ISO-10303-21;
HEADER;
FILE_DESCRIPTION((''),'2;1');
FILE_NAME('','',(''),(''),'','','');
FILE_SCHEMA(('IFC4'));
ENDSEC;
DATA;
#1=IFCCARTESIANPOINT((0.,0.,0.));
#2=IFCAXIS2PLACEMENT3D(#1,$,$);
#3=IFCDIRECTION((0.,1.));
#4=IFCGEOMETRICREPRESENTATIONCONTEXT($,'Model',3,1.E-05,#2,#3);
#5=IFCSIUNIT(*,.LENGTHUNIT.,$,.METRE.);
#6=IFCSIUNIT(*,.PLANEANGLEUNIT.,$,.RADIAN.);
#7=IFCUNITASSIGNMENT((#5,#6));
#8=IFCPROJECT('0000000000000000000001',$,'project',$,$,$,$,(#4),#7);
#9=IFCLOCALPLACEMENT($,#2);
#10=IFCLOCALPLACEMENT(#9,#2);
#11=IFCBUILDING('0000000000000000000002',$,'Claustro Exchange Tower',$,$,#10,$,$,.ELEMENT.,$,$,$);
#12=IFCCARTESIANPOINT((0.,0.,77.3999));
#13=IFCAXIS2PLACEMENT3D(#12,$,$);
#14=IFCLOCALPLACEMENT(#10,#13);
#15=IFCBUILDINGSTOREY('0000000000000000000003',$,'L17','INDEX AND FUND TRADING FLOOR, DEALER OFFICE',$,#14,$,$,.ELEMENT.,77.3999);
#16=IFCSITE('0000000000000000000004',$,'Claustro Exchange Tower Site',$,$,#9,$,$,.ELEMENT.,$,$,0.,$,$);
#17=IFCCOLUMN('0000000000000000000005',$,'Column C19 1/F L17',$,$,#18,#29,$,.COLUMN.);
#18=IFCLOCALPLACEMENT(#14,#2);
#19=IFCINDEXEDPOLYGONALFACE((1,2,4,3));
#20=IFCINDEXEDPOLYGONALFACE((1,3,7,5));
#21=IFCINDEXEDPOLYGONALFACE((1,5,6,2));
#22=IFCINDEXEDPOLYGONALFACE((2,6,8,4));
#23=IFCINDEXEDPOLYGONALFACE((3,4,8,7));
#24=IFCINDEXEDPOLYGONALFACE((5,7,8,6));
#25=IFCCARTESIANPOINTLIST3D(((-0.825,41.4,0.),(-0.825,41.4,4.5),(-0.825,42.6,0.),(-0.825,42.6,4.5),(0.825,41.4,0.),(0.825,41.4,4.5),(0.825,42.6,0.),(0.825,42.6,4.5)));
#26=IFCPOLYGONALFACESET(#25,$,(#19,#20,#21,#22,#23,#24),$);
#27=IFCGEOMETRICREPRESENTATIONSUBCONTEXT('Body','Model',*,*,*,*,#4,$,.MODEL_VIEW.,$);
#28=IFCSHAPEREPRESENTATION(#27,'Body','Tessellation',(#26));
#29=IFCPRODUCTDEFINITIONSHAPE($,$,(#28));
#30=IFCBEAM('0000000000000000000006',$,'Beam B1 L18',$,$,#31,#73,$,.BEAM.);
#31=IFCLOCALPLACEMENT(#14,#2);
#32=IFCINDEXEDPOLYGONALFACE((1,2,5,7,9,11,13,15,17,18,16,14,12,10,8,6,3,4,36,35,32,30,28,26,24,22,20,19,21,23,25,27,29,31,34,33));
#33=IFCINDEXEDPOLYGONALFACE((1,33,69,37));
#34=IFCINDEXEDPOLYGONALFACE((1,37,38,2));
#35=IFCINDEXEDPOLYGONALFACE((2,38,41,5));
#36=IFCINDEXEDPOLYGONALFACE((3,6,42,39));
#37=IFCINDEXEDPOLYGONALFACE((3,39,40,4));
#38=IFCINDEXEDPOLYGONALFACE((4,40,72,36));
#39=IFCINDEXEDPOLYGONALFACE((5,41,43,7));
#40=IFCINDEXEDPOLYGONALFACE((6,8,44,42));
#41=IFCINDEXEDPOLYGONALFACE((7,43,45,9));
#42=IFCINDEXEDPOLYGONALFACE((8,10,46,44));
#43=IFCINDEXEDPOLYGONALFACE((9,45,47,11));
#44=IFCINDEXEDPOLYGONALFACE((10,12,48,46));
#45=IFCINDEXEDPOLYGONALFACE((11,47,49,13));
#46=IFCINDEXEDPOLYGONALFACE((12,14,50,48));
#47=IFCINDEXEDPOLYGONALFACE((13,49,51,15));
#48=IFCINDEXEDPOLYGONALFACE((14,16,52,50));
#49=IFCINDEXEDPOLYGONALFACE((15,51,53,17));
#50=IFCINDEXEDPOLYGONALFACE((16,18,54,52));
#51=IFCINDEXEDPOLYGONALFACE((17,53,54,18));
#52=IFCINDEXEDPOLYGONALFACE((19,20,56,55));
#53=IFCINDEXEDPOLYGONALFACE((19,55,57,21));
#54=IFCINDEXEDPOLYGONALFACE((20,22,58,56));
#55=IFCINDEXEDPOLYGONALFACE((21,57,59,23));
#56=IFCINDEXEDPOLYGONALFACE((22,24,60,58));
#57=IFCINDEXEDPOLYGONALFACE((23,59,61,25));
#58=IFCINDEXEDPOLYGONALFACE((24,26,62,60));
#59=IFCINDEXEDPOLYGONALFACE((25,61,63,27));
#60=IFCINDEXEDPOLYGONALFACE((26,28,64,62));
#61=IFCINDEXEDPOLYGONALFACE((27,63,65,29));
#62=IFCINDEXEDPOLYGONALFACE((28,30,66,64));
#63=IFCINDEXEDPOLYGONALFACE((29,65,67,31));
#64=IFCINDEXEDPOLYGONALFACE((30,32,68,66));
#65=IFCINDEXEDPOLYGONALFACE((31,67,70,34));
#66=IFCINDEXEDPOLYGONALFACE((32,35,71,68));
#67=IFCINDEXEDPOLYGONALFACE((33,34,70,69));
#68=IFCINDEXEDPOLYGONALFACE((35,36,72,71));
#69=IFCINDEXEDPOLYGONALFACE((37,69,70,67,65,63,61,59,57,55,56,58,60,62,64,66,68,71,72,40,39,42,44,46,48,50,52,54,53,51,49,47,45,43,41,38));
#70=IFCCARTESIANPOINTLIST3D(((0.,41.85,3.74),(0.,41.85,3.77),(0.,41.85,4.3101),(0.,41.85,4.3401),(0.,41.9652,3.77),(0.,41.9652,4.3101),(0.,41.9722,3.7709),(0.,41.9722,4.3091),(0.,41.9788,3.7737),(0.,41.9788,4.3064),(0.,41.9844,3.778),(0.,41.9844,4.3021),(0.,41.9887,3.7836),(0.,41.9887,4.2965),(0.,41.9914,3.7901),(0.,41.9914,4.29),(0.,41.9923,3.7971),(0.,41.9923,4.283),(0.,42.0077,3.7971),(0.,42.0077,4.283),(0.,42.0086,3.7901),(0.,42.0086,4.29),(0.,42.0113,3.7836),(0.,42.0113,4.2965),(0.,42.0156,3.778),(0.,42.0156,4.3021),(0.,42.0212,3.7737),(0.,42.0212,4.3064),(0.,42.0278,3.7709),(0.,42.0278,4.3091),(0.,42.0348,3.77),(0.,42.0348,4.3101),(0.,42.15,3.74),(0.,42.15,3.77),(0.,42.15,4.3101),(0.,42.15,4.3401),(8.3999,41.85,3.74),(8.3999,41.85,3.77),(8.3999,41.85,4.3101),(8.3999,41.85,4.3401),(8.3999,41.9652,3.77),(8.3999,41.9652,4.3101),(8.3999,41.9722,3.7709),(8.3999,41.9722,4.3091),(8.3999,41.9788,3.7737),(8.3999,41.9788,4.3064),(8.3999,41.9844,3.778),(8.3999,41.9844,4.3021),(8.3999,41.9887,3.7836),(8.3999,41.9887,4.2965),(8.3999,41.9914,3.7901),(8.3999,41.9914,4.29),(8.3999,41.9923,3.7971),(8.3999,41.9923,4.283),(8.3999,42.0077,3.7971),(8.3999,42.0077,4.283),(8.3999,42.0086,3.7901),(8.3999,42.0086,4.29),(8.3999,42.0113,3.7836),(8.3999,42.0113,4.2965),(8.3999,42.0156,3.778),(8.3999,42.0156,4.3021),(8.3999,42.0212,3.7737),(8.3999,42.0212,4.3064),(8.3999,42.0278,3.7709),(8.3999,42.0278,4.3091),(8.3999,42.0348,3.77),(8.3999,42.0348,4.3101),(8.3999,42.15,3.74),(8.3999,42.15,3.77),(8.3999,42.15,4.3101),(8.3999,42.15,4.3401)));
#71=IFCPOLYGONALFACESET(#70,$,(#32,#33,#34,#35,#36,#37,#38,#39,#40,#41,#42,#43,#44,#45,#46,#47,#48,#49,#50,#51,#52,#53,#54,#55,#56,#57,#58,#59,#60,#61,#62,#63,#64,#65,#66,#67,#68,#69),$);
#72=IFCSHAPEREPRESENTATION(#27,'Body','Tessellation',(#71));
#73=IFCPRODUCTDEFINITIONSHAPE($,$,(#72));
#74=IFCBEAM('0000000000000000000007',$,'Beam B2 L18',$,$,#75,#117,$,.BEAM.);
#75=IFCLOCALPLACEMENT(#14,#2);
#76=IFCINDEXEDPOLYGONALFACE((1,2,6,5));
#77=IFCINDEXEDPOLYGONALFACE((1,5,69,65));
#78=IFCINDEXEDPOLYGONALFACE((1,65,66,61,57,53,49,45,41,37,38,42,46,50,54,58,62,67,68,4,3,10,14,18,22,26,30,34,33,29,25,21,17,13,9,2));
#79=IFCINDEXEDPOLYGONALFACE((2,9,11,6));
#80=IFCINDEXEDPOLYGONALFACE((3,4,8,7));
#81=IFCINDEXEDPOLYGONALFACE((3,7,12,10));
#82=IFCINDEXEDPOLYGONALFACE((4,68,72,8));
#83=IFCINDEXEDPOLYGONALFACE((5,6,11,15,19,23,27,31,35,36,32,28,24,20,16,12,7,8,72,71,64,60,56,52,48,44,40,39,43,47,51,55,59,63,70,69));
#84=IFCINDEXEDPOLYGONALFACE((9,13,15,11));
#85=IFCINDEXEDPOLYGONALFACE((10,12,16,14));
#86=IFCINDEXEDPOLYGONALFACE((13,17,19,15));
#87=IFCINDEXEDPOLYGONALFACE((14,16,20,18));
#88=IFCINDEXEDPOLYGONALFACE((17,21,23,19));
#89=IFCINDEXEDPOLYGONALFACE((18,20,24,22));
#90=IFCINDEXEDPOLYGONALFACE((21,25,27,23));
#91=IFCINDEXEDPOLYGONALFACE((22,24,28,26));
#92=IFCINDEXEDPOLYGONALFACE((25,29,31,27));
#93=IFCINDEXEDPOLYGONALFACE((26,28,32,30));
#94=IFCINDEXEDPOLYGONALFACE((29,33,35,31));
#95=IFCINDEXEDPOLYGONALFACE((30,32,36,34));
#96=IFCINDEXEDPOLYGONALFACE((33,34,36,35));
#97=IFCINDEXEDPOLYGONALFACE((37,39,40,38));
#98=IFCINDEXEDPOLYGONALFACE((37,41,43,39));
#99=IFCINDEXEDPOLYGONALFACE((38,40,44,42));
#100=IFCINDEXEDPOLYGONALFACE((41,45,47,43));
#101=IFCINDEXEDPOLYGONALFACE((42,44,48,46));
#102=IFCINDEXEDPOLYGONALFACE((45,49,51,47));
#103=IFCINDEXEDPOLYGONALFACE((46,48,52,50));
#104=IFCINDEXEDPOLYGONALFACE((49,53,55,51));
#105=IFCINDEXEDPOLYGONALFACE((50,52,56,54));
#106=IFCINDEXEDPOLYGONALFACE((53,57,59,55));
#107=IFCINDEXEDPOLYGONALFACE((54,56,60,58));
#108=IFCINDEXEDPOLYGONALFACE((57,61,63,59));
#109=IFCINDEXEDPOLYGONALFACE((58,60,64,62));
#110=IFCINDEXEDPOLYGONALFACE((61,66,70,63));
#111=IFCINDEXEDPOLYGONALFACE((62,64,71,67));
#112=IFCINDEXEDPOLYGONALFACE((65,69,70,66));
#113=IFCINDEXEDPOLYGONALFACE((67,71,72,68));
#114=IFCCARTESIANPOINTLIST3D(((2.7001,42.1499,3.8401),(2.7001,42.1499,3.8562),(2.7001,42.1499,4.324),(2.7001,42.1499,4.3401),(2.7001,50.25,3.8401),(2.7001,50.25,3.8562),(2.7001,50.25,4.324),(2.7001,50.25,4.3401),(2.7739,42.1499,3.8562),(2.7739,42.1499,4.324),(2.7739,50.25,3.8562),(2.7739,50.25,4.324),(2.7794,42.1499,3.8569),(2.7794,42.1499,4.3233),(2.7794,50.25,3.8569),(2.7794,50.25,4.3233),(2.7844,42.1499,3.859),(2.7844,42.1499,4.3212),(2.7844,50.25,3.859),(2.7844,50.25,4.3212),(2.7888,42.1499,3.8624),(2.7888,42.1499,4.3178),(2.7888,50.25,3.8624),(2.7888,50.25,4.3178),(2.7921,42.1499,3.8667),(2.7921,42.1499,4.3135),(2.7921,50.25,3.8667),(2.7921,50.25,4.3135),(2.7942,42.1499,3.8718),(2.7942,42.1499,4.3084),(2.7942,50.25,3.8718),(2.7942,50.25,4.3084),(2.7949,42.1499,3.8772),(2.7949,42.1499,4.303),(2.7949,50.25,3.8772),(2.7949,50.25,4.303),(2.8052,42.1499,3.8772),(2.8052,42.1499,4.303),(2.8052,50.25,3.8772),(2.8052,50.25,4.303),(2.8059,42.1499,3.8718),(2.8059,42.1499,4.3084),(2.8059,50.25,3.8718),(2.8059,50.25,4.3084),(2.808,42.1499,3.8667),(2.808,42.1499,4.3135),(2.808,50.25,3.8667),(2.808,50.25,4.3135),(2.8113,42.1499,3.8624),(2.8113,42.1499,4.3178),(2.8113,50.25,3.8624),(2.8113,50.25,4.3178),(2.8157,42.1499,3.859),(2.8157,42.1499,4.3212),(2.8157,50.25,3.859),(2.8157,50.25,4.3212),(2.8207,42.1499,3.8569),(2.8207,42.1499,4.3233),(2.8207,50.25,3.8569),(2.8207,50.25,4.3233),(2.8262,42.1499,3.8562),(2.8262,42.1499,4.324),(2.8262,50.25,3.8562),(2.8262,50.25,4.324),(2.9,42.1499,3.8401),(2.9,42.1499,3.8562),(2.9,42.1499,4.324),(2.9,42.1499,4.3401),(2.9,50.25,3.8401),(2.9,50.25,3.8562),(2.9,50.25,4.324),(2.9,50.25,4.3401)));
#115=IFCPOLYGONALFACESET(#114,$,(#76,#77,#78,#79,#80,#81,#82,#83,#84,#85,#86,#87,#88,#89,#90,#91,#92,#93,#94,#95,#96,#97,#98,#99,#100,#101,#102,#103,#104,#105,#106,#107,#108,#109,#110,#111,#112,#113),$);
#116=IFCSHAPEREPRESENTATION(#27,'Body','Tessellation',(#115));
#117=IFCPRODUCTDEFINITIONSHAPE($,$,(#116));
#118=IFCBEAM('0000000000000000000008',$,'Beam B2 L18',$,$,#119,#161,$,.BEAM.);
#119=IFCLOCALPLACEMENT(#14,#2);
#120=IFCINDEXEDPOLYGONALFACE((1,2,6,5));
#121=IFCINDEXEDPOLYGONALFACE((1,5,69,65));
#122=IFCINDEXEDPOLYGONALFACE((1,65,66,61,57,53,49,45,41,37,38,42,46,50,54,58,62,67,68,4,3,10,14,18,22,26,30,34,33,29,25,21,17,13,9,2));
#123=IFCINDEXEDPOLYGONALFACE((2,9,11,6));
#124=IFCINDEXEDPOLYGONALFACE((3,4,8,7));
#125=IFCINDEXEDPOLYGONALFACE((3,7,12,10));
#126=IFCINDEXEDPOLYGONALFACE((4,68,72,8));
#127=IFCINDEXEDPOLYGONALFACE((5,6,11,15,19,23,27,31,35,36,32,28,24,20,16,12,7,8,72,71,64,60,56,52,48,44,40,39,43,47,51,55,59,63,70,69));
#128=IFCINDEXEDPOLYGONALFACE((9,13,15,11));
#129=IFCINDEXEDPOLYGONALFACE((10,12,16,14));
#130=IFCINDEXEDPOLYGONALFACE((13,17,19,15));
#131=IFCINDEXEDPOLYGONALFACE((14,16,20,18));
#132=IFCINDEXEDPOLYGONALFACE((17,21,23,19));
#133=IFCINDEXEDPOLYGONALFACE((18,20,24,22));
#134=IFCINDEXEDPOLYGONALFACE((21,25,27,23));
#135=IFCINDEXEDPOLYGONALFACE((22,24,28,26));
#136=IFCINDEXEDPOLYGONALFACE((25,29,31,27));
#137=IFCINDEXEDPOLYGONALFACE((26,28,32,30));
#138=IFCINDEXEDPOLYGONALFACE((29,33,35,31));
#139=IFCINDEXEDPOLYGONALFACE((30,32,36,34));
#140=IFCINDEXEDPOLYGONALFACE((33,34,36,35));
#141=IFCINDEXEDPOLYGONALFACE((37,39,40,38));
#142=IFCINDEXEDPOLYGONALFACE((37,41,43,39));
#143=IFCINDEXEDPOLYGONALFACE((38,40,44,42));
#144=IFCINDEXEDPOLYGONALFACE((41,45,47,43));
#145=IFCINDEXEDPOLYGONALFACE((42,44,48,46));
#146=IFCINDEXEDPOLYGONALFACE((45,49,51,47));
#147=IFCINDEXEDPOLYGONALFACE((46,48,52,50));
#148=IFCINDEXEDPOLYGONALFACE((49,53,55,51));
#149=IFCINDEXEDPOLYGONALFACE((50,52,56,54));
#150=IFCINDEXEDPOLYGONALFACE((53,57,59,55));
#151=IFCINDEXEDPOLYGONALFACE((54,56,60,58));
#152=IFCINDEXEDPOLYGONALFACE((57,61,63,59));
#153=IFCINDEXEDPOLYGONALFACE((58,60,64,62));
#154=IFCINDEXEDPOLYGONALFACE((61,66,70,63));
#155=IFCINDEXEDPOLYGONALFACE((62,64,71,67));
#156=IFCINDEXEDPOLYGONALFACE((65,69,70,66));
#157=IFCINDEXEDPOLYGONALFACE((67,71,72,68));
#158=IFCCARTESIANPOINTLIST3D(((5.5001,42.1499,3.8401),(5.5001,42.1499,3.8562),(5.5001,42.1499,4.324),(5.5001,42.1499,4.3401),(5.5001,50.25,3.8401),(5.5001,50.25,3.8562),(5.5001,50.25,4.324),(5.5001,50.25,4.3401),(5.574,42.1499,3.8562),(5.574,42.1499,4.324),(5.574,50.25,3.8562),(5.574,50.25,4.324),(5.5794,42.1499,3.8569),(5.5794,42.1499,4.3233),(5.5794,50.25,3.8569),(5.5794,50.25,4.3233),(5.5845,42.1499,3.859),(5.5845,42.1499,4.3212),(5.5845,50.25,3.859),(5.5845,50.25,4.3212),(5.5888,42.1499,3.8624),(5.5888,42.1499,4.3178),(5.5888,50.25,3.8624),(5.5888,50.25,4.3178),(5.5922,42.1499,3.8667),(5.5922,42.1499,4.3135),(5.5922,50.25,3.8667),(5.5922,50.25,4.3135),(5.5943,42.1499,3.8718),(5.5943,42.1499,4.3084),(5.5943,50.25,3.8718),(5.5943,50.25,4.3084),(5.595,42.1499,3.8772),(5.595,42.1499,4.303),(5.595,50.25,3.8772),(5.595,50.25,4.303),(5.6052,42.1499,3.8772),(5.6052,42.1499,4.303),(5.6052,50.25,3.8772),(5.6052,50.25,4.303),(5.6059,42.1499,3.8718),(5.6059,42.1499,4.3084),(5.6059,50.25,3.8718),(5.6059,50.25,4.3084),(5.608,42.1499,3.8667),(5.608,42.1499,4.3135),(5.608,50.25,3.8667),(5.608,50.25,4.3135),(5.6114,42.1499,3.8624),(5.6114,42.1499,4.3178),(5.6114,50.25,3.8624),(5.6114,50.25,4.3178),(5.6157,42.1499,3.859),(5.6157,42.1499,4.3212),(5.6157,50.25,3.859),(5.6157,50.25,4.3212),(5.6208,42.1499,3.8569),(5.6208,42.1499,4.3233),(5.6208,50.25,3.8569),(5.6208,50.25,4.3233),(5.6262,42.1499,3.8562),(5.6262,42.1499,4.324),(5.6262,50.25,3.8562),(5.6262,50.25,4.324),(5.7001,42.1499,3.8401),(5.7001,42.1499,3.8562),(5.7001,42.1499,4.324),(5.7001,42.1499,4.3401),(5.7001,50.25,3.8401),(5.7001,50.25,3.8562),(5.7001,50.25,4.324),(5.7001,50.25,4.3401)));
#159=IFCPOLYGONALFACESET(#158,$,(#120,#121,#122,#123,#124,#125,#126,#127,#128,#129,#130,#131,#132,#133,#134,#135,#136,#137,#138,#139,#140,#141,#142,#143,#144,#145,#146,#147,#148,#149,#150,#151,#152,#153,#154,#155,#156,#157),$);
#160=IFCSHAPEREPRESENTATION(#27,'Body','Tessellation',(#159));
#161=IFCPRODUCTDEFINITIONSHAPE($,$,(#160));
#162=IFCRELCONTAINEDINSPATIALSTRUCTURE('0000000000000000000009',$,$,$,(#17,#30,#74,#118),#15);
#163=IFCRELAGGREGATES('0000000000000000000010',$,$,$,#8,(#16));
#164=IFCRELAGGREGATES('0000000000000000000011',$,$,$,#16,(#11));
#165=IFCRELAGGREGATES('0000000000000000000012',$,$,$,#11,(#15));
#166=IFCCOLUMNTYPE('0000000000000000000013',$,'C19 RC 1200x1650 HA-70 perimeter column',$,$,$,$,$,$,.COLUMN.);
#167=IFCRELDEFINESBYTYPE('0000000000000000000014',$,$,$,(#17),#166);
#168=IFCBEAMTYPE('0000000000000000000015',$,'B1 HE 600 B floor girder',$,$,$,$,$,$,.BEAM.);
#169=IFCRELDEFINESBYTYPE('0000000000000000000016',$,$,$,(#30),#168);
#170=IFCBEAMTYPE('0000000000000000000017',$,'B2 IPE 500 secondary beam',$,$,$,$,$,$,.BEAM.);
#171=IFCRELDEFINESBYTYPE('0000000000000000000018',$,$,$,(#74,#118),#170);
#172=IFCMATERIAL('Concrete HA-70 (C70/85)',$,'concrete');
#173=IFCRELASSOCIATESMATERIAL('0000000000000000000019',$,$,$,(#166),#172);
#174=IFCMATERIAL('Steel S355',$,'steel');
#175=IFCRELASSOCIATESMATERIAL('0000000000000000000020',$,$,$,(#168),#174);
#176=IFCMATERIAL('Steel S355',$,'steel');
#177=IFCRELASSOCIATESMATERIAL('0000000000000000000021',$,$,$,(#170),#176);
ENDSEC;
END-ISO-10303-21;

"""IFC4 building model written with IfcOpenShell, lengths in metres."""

from ifc_helpers import new_model, si_unit, direction, frame, origin, origin_2d, place, context, subcontext, project, spatial, rectangle, i_section, extrude, material, material_profile, profile_set, type_object, element, save


model = new_model("IFC4")

# Units and contexts
model_context = context("Model", 3, precision=1e-05, world=origin(), true_north=direction((0.0, 1.0)))
body_context = subcontext(model_context, "Body", "Model", "MODEL_VIEW")
ifc_project = project(units=[si_unit("LENGTHUNIT", "METRE"), si_unit("PLANEANGLEUNIT", "RADIAN")], contexts=[model_context])

# Site, building, storey
site_placement = place(None, origin())
site = spatial("IfcSite", under=ifc_project, at=site_placement, Name="Claustro Exchange Tower Site", CompositionType="ELEMENT", RefElevation=0.0)
building_placement = place(site_placement, origin())
building = spatial("IfcBuilding", under=site, at=building_placement, Name="Claustro Exchange Tower", CompositionType="ELEMENT")
storey_placement = place(building_placement, frame((0.0, 0.0, 77.3999)))
storey = spatial("IfcBuildingStorey", under=building, at=storey_placement, Name="L17", Description="INDEX AND FUND TRADING FLOOR, DEALER OFFICE", CompositionType="ELEMENT", Elevation=77.3999)

# Column
ifc_material_1 = material(Name="Concrete HA-70 (C70/85)", Category="concrete")
ifc_material_profile_1 = material_profile(ifc_material_1, rectangle(XDim=1.2, YDim=1.6499, at=origin_2d()), Name="RC 1200x1650")
ifc_profile_set_1 = profile_set([ifc_material_profile_1], Name="Concrete HA-70 (C70/85)")
column_type = type_object("IfcColumnType", Name="C19 RC 1200x1650 HA-70 perimeter column", PredefinedType="COLUMN", material=ifc_profile_set_1)
column_placement = place(storey_placement, frame((0.0, 42.0, 0.0), z_axis=(0.0, 0.0, 1.0), x_axis=(0.0, 1.0, 0.0)))
element("IfcColumn", 1, at=column_placement, inside=storey, type_object=column_type, Name="Column C19 1/F L17", PredefinedType="COLUMN", context=body_context, shape_type="SweptSolid", body=[
    extrude(rectangle(XDim=1.2, YDim=1.6499, at=origin_2d()), origin(), (0.0, 0.0, 1.0), 4.5),
])

# Beams
ifc_material_2 = material(Name="Steel S355", Category="steel")
ifc_material_profile_2 = material_profile(ifc_material_2, i_section(OverallWidth=0.3, OverallDepth=0.6001, WebThickness=0.0154, FlangeThickness=0.03, FilletRadius=0.0271, at=origin_2d()), Name="HE 600 B")
ifc_profile_set_2 = profile_set([ifc_material_profile_2], Name="Steel S355")
beam_type_1 = type_object("IfcBeamType", Name="B1 HE 600 B floor girder", PredefinedType="BEAM", material=ifc_profile_set_2)
beam_1_placement = place(storey_placement, frame((0.0, 42.0, 4.04), z_axis=(1.0, 0.0, 0.0), x_axis=(0.0, 1.0, 0.0)))
element("IfcBeam", 2, at=beam_1_placement, inside=storey, type_object=beam_type_1, Name="Beam B1 L18", PredefinedType="BEAM", context=body_context, shape_type="SweptSolid", body=[
    extrude(i_section(OverallWidth=0.3, OverallDepth=0.6001, WebThickness=0.0154, FlangeThickness=0.03, FilletRadius=0.0271, at=origin_2d()), origin(), (0.0, 0.0, 1.0), 8.3999),
])
ifc_material_3 = material(Name="Steel S355", Category="steel")
ifc_material_profile_3 = material_profile(ifc_material_3, i_section(OverallWidth=0.2, OverallDepth=0.5, WebThickness=0.0103, FlangeThickness=0.0161, FilletRadius=0.021, at=origin_2d()), Name="IPE 500")
ifc_profile_set_3 = profile_set([ifc_material_profile_3], Name="Steel S355")
beam_type_2 = type_object("IfcBeamType", Name="B2 IPE 500 secondary beam", PredefinedType="BEAM", material=ifc_profile_set_3)
for number, where, z_axis, x_axis, name in (
    (3, (2.8, 42.1499, 4.0901), (0.0, 1.0, 0.0), (-1.0, 0.0, 0.0), "Beam B2 L18"),
    (4, (5.6001, 42.1499, 4.0901), (0.0, 1.0, 0.0), (-1.0, 0.0, 0.0), "Beam B2 L18"),
):
    element("IfcBeam", number, at=place(storey_placement, frame(where, z_axis=z_axis, x_axis=x_axis)), inside=storey, type_object=beam_type_2, Name=name, PredefinedType="BEAM", context=body_context, shape_type="SweptSolid", body=[
        extrude(i_section(OverallWidth=0.2, OverallDepth=0.5, WebThickness=0.0103, FlangeThickness=0.0161, FilletRadius=0.021, at=origin_2d()), origin(), (0.0, 0.0, 1.0), 8.1001),
    ])

save(model, "model.ifc")
